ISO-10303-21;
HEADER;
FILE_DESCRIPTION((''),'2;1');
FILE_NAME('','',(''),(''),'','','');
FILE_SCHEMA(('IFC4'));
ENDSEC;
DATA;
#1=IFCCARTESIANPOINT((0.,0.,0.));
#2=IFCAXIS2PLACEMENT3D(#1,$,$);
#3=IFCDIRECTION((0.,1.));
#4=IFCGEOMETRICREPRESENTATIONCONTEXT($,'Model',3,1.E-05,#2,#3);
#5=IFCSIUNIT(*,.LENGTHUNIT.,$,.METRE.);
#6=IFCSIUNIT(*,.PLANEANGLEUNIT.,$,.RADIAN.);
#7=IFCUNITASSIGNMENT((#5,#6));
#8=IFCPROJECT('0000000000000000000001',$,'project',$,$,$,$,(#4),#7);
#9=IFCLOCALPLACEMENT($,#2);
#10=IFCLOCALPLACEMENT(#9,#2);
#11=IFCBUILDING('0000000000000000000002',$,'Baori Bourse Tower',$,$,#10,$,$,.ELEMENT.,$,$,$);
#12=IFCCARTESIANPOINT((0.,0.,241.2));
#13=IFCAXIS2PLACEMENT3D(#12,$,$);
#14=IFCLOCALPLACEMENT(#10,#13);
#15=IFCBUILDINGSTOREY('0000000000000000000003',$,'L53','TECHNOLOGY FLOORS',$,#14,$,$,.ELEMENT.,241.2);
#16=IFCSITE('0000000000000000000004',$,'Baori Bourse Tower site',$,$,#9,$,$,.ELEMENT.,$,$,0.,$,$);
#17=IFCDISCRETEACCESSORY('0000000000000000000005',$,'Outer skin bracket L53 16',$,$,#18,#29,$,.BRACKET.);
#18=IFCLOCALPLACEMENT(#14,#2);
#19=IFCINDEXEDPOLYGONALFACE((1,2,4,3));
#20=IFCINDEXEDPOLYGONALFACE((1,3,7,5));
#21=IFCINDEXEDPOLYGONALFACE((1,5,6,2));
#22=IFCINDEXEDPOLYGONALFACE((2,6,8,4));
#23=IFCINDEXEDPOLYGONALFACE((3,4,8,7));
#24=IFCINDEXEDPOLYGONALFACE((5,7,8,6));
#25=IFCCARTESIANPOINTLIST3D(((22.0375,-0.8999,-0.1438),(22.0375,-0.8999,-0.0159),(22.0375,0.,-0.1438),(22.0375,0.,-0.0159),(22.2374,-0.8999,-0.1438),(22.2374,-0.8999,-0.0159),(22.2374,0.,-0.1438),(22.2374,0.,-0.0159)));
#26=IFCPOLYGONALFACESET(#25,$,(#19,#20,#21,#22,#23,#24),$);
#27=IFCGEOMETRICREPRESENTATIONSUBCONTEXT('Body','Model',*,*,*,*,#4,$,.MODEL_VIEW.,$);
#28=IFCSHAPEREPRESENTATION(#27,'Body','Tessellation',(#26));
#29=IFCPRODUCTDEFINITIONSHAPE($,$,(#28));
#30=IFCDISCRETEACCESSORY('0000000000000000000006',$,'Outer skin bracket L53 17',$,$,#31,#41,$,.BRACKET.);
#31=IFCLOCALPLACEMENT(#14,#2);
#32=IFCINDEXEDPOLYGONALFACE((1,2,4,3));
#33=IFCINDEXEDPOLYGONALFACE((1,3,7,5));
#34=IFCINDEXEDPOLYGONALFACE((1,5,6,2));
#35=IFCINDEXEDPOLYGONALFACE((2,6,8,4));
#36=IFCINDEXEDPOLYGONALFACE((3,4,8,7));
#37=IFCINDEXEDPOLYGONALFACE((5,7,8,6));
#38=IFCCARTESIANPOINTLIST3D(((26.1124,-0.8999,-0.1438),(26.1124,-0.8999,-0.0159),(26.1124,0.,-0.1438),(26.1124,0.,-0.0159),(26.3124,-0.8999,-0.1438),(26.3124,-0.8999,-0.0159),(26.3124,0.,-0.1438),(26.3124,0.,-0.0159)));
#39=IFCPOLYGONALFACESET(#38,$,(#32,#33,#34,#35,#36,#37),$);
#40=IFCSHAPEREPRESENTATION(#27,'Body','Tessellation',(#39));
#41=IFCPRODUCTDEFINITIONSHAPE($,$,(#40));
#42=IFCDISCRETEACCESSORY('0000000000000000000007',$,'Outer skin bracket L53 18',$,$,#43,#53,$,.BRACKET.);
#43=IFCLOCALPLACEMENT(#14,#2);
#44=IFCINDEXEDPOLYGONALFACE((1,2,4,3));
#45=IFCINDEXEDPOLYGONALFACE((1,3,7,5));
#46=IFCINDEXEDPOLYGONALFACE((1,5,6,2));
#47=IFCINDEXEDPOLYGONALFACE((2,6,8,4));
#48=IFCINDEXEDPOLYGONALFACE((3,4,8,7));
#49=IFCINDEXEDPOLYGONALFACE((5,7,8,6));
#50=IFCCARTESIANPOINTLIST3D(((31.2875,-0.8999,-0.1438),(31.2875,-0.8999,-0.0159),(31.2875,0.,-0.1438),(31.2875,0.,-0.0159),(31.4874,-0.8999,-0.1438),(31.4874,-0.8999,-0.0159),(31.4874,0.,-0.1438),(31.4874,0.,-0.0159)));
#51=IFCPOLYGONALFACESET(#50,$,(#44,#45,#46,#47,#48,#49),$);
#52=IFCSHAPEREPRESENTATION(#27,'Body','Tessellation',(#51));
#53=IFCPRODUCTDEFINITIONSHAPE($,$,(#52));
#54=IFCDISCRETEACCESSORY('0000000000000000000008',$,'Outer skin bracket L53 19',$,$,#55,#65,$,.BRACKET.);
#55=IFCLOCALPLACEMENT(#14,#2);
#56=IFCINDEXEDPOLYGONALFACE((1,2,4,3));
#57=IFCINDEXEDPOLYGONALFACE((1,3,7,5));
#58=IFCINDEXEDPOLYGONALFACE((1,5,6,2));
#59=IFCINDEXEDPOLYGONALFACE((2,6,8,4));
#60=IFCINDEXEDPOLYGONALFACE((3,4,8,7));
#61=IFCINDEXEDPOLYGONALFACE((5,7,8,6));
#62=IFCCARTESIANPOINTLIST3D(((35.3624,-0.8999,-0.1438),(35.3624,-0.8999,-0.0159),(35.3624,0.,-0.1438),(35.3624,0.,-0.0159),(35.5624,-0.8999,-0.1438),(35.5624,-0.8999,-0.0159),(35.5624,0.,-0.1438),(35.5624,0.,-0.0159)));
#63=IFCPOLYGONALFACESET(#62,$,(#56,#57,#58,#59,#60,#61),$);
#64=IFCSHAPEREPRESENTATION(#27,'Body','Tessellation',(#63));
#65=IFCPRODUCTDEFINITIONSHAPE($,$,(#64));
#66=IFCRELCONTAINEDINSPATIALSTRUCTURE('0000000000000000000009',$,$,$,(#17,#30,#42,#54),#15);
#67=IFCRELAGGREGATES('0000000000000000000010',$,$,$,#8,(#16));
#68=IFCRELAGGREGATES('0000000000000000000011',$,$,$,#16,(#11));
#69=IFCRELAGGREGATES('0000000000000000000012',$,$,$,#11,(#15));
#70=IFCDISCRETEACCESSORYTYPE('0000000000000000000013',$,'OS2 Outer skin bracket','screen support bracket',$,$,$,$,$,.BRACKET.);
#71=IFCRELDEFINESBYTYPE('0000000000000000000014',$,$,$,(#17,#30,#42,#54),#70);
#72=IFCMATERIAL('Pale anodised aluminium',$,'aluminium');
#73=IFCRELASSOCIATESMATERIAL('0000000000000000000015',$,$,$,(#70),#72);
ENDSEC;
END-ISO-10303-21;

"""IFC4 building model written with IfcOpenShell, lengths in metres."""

from ifc_helpers import new_model, si_unit, direction, frame, origin, origin_2d, place, context, subcontext, project, spatial, rectangle, extrude, material, type_object, element, save


model = new_model("IFC4")

# Units and contexts
model_context = context("Model", 3, precision=1e-05, world=origin(), true_north=direction((0.0, 1.0)))
body_context = subcontext(model_context, "Body", "Model", "MODEL_VIEW")
ifc_project = project(units=[si_unit("LENGTHUNIT", "METRE"), si_unit("PLANEANGLEUNIT", "RADIAN")], contexts=[model_context])

# Site, building, storey
site_placement = place(None, origin())
site = spatial("IfcSite", under=ifc_project, at=site_placement, Name="Baori Bourse Tower site", CompositionType="ELEMENT", RefElevation=0.0)
building_placement = place(site_placement, origin())
building = spatial("IfcBuilding", under=site, at=building_placement, Name="Baori Bourse Tower", CompositionType="ELEMENT")
storey_placement = place(building_placement, frame((0.0, 0.0, 241.2)))
storey = spatial("IfcBuildingStorey", under=building, at=storey_placement, Name="L53", Description="TECHNOLOGY FLOORS", CompositionType="ELEMENT", Elevation=241.2)

# Discrete accessories
ifc_material_1 = material(Name="Pale anodised aluminium", Category="aluminium")
discrete_accessory_type = type_object("IfcDiscreteAccessoryType", Name="OS2 Outer skin bracket", Description="screen support bracket", PredefinedType="BRACKET", material=ifc_material_1)
for number, where, z_axis, x_axis, name in (
    (1, (22.1375, -0.45, -0.1438), (0.0, 0.0, 1.0), (1.0, 0.0, 0.0), "Outer skin bracket L53 16"),
    (2, (26.2124, -0.45, -0.1438), (0.0, 0.0, 1.0), (1.0, 0.0, 0.0), "Outer skin bracket L53 17"),
    (3, (31.3875, -0.45, -0.1438), (0.0, 0.0, 1.0), (1.0, 0.0, 0.0), "Outer skin bracket L53 18"),
    (4, (35.4624, -0.45, -0.1438), (0.0, 0.0, 1.0), (1.0, 0.0, 0.0), "Outer skin bracket L53 19"),
):
    element("IfcDiscreteAccessory", number, at=place(storey_placement, frame(where, z_axis=z_axis, x_axis=x_axis)), inside=storey, type_object=discrete_accessory_type, Name=name, PredefinedType="BRACKET", context=body_context, shape_type="SweptSolid", body=[
        extrude(rectangle(XDim=0.2, YDim=0.8999, at=origin_2d()), origin(), (0.0, 0.0, 1.0), 0.1279),
    ])

save(model, "model.ifc")
